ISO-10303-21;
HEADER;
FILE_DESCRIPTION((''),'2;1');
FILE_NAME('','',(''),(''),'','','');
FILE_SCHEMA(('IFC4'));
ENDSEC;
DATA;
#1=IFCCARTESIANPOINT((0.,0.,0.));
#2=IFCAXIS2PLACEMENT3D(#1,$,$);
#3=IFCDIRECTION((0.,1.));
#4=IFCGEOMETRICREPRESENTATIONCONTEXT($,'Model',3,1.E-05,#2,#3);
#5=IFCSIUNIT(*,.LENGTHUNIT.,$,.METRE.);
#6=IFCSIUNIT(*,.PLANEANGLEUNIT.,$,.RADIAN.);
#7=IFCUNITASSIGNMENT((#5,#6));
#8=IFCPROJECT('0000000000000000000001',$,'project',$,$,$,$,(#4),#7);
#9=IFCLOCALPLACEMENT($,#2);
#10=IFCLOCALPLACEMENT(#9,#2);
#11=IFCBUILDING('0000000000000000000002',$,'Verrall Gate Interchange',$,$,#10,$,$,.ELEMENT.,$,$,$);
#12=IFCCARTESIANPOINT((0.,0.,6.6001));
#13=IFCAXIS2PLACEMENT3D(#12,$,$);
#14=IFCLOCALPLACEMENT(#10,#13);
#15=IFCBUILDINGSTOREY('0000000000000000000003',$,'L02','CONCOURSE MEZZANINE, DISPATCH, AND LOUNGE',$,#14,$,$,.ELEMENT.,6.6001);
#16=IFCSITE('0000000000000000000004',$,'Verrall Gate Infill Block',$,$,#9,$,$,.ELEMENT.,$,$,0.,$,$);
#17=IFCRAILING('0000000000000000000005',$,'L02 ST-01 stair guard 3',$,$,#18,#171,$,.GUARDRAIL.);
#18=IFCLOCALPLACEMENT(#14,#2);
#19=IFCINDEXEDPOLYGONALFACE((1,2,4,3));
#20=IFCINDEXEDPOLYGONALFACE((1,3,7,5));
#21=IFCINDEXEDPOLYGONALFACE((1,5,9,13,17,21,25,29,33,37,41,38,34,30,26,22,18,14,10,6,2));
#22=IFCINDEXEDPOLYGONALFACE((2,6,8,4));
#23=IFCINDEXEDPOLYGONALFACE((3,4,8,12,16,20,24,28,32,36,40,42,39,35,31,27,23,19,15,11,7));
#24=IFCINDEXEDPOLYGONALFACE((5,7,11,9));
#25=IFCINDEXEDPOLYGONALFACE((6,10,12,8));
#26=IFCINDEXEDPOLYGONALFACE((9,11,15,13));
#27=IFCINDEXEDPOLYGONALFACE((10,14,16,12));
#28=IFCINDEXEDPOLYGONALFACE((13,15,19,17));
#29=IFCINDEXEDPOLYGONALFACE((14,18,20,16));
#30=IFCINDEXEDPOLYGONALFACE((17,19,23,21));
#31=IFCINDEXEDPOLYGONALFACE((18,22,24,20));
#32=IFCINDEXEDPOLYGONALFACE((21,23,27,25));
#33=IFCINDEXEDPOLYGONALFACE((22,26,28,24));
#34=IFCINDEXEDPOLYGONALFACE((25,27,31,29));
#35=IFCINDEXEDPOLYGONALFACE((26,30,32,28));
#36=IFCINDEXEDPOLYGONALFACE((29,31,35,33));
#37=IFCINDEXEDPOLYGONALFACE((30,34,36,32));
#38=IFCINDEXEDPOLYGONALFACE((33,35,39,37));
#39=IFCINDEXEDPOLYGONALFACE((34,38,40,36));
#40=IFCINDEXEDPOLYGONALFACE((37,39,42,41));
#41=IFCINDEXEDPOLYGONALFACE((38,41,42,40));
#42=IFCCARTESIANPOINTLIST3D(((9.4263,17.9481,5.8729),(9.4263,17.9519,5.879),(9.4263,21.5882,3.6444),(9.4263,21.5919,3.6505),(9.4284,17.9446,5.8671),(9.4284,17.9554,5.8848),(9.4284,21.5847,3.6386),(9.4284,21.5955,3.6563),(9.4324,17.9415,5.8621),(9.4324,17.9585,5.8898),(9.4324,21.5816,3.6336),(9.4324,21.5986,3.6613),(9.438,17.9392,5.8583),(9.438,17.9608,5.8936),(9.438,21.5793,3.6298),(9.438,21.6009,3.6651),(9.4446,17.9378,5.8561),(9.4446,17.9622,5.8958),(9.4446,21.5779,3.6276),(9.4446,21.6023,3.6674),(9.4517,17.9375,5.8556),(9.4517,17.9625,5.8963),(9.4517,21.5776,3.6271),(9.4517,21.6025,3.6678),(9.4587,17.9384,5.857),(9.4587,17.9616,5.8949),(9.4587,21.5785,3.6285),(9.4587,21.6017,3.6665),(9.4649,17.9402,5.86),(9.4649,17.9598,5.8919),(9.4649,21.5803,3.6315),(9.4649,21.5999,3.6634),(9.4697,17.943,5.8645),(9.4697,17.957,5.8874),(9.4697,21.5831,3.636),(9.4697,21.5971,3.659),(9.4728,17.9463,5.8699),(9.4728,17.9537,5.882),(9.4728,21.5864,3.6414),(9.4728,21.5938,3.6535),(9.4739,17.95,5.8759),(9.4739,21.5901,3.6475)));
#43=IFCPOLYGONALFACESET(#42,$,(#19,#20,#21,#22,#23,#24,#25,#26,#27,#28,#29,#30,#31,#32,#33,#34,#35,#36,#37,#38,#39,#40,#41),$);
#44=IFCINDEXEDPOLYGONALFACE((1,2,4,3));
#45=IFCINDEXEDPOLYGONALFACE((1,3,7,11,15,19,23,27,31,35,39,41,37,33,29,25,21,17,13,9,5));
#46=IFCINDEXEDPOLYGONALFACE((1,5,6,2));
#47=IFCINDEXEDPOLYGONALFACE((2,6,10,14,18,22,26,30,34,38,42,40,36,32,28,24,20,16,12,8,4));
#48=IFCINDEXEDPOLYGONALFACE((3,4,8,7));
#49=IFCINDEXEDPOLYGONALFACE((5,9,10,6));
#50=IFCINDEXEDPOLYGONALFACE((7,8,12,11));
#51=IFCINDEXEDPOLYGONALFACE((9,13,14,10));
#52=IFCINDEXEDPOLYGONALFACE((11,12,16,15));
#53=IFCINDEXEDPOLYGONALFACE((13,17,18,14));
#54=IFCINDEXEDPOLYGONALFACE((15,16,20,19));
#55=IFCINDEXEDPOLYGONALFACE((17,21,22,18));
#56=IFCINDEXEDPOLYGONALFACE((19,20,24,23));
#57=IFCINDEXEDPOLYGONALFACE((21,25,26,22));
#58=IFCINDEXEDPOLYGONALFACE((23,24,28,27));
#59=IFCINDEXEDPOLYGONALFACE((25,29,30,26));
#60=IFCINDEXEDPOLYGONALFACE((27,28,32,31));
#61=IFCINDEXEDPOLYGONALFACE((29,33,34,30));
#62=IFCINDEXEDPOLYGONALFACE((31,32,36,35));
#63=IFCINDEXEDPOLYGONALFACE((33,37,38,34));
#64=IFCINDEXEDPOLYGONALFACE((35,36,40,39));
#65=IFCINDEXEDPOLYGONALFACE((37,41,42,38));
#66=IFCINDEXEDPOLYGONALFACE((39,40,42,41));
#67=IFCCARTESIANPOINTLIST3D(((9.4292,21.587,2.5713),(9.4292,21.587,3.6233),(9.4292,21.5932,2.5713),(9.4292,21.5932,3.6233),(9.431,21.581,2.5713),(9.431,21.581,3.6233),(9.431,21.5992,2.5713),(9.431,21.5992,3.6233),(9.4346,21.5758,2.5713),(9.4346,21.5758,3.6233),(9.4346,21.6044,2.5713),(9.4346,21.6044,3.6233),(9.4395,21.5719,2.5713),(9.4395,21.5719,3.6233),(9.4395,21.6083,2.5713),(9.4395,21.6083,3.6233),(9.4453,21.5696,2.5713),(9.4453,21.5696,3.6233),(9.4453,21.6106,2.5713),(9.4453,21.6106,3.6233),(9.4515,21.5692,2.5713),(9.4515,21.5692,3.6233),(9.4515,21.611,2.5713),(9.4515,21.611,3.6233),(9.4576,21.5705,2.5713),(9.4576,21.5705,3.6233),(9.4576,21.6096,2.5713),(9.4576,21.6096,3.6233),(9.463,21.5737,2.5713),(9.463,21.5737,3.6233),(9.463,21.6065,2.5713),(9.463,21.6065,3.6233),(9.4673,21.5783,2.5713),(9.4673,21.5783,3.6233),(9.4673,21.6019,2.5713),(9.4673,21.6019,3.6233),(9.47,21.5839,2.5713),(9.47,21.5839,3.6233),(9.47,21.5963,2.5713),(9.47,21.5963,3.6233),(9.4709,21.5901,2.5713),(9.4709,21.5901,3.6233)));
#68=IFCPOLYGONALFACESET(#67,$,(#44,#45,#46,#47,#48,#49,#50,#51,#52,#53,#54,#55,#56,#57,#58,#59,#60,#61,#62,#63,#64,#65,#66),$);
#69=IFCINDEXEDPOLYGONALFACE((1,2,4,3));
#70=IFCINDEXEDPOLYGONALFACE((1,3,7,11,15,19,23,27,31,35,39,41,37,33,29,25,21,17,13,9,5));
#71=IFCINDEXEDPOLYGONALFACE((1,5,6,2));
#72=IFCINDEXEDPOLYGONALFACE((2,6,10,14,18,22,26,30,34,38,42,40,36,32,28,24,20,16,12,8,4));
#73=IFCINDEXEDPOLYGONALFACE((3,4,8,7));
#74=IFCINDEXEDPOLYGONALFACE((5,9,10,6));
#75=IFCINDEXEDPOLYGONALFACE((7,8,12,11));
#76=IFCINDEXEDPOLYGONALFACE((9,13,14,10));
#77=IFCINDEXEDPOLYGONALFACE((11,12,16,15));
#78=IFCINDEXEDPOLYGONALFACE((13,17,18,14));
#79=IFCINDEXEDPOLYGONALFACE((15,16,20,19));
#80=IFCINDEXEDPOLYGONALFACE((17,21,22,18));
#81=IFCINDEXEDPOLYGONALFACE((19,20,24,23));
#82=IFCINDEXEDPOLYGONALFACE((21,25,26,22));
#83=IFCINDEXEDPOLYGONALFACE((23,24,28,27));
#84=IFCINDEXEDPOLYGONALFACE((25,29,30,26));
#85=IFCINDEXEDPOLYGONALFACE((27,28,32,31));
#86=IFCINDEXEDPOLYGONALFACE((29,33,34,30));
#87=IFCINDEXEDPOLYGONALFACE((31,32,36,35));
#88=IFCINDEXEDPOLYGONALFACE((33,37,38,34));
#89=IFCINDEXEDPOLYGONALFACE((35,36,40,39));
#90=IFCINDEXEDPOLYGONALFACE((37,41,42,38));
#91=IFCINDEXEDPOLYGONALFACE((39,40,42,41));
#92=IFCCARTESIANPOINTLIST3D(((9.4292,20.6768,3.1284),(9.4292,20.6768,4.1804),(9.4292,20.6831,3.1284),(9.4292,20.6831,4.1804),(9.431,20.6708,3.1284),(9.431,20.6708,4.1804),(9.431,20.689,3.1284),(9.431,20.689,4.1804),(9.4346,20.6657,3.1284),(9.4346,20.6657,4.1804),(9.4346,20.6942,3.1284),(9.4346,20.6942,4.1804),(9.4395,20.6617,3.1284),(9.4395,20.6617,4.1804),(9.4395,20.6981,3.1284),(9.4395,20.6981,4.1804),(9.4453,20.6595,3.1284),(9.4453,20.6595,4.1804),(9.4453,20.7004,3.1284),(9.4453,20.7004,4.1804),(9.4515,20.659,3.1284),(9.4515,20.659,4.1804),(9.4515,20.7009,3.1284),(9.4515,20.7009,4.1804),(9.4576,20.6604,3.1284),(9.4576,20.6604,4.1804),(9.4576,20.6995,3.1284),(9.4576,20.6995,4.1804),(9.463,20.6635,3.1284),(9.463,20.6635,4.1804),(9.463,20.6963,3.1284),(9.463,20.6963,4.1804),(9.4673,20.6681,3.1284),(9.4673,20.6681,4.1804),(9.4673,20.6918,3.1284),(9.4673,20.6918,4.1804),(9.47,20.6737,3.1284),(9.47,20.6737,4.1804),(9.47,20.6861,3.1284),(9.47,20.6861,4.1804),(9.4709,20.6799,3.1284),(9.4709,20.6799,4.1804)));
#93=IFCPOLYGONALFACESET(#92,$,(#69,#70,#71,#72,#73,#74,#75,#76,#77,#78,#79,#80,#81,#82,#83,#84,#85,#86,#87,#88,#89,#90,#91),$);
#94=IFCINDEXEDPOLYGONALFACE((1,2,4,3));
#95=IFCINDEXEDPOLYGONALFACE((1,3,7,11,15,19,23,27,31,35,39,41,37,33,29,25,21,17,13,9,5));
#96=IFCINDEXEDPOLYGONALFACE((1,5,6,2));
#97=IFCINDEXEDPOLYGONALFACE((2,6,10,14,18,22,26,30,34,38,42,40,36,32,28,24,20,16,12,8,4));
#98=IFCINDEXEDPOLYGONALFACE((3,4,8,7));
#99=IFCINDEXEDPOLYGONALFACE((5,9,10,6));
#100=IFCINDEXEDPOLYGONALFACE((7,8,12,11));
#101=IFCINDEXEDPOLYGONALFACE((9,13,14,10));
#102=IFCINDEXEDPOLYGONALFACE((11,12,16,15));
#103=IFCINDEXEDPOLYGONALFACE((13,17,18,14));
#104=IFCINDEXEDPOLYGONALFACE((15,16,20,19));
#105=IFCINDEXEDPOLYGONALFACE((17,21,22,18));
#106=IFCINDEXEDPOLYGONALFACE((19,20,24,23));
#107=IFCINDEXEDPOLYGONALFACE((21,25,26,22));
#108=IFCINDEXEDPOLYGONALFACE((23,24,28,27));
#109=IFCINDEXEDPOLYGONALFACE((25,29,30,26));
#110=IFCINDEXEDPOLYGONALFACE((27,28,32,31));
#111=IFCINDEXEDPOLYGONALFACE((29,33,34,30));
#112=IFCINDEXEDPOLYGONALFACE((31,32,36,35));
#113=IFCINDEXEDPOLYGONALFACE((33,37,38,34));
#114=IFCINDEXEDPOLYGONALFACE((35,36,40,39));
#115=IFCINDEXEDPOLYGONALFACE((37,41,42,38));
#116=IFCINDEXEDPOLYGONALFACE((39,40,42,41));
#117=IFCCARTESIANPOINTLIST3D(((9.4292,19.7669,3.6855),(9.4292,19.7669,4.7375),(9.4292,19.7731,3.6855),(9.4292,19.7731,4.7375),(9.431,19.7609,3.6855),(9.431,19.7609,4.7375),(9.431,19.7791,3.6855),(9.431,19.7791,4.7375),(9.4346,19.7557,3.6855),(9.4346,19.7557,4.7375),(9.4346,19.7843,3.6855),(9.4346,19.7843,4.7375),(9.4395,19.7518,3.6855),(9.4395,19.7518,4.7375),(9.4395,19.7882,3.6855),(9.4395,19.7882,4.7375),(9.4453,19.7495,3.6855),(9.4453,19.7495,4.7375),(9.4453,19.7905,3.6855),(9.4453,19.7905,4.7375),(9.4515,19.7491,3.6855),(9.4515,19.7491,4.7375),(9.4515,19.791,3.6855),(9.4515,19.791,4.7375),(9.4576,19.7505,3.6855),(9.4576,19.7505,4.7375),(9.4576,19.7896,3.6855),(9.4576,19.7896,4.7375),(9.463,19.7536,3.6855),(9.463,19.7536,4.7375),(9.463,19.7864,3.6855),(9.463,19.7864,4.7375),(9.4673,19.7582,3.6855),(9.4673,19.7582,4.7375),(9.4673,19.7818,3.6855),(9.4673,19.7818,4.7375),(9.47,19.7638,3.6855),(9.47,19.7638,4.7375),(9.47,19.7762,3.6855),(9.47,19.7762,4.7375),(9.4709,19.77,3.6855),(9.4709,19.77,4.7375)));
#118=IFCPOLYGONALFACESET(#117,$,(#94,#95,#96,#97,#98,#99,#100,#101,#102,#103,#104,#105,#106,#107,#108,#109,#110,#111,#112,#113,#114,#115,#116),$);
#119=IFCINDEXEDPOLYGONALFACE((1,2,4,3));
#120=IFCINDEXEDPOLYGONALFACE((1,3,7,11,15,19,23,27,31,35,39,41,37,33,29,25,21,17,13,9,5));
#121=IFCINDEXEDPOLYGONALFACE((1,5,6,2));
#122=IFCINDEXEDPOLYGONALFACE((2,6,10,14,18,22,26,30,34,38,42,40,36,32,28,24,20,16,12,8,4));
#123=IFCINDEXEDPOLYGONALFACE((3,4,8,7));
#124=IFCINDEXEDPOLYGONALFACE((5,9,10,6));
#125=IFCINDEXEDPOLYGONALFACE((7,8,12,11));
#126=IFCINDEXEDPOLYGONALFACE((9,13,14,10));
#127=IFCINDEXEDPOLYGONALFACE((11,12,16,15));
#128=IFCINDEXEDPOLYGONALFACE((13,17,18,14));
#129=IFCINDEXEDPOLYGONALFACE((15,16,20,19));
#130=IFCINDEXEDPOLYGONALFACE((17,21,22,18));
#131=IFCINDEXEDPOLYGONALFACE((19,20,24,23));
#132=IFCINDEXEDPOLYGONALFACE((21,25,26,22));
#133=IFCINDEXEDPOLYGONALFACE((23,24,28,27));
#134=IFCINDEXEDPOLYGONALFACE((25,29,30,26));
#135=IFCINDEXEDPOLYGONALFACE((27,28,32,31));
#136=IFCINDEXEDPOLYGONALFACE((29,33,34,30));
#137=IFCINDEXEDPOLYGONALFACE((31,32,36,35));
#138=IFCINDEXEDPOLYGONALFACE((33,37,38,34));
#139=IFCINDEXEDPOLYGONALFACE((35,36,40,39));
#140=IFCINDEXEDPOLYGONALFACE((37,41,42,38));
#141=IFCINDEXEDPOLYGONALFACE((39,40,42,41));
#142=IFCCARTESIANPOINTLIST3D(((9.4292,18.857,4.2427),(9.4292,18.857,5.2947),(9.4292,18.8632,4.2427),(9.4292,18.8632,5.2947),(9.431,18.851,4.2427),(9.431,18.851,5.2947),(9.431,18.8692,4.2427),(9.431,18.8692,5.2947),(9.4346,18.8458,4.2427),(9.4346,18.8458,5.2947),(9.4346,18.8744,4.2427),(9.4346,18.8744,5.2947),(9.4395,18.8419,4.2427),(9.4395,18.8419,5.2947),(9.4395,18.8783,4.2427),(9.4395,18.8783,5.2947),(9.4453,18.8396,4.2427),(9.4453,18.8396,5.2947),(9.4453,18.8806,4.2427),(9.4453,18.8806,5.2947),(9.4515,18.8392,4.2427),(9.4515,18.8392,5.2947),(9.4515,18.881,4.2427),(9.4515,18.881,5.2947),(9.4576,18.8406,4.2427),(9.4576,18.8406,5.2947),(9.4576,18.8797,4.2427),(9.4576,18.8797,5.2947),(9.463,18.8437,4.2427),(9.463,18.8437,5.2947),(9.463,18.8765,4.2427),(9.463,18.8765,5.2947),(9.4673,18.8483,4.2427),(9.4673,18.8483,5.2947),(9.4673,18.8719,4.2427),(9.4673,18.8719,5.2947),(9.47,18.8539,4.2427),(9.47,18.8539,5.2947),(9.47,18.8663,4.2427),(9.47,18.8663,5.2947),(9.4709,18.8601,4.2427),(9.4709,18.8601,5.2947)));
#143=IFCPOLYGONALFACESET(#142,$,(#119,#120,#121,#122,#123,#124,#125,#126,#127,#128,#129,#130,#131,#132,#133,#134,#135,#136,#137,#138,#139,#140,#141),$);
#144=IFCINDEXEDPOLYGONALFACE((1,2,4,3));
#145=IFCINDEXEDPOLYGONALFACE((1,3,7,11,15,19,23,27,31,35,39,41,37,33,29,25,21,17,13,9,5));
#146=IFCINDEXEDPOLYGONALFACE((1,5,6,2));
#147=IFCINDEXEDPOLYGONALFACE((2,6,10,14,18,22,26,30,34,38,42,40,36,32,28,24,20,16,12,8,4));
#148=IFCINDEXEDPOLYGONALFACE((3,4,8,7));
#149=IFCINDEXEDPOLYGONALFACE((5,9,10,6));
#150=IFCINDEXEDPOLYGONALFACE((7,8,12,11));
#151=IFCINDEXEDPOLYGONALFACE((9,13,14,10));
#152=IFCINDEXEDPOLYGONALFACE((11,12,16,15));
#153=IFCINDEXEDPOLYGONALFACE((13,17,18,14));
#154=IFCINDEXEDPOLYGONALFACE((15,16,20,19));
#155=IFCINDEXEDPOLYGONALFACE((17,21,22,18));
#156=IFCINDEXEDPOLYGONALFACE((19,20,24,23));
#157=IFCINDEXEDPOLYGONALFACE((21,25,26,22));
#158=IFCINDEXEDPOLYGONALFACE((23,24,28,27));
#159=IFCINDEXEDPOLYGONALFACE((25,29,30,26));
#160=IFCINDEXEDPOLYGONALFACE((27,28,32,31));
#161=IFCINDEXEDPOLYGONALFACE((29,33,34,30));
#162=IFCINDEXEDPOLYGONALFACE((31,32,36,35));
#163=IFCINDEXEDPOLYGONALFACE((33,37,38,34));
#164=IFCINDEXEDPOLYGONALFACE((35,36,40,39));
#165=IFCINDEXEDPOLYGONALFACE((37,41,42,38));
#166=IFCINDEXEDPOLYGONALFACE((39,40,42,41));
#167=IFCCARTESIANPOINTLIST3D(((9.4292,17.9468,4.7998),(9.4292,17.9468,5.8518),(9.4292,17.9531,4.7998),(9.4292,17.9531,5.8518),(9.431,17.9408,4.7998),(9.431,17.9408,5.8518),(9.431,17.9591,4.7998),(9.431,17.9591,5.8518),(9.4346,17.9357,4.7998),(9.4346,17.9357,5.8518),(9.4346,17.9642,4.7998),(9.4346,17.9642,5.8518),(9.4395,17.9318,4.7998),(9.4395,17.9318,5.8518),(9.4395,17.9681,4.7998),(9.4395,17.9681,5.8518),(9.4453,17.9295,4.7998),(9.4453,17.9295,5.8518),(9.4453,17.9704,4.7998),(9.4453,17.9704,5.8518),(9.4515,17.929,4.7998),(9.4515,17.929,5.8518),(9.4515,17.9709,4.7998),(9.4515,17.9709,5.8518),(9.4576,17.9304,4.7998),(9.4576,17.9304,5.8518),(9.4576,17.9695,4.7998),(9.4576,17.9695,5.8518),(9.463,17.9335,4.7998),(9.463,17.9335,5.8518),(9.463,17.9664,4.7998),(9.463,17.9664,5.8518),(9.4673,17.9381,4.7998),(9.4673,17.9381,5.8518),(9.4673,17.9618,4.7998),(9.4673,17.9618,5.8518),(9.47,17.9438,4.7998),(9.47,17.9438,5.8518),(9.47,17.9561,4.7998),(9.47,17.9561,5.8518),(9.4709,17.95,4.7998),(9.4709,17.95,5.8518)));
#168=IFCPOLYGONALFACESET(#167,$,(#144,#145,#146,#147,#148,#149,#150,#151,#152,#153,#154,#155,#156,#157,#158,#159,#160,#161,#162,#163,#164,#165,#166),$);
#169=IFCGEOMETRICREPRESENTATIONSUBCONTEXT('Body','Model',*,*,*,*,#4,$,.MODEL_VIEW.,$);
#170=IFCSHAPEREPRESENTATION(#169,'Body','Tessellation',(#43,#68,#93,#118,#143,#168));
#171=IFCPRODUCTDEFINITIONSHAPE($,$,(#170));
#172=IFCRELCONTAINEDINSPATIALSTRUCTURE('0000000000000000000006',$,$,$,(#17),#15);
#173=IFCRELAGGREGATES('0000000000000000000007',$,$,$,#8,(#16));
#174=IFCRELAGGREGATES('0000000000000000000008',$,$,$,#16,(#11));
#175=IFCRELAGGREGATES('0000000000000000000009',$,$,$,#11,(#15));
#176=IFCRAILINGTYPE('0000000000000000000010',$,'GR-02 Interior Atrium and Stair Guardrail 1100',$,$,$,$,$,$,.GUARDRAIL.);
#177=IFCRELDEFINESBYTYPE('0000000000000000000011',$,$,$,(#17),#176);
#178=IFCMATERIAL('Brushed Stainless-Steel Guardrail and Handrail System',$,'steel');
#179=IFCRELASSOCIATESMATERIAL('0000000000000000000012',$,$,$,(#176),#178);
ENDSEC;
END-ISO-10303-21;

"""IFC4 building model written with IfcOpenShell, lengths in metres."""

from ifc_helpers import new_model, si_unit, direction, frame, origin, origin_2d, place, context, subcontext, project, spatial, circle, extrude, material, type_object, element, save


model = new_model("IFC4")

# Units and contexts
model_context = context("Model", 3, precision=1e-05, world=origin(), true_north=direction((0.0, 1.0)))
body_context = subcontext(model_context, "Body", "Model", "MODEL_VIEW")
ifc_project = project(units=[si_unit("LENGTHUNIT", "METRE"), si_unit("PLANEANGLEUNIT", "RADIAN")], contexts=[model_context])

# Site, building, storey
site_placement = place(None, origin())
site = spatial("IfcSite", under=ifc_project, at=site_placement, Name="Verrall Gate Infill Block", CompositionType="ELEMENT", RefElevation=0.0)
building_placement = place(site_placement, origin())
building = spatial("IfcBuilding", under=site, at=building_placement, Name="Verrall Gate Interchange", CompositionType="ELEMENT")
storey_placement = place(building_placement, frame((0.0, 0.0, 6.6001)))
storey = spatial("IfcBuildingStorey", under=building, at=storey_placement, Name="L02", Description="CONCOURSE MEZZANINE, DISPATCH, AND LOUNGE", CompositionType="ELEMENT", Elevation=6.6001)

# Railing
ifc_material_1 = material(Name="Brushed Stainless-Steel Guardrail and Handrail System", Category="steel")
railing_type_1 = type_object("IfcRailingType", Name="GR-02 Interior Atrium and Stair Guardrail 1100", PredefinedType="GUARDRAIL", material=ifc_material_1)
railing_1_placement = place(storey_placement, frame((9.45, 21.5901, 2.5713)))
element("IfcRailing", 1, at=railing_1_placement, inside=storey, type_object=railing_type_1, Name="L02 ST-01 stair guard 3", PredefinedType="GUARDRAIL", context=body_context, shape_type="SweptSolid", body=[
    extrude(circle(Radius=0.0239, at=origin_2d()), frame((0.0, 0.0, 1.0762), z_axis=(0.0, -0.852866, 0.52213), x_axis=(1.0, 0.0, 0.0)), (0.0, 0.0, 1.0), 4.2681),
    extrude(circle(Radius=0.021, at=origin_2d()), origin(), (0.0, 0.0, 1.0), 1.052),
    extrude(circle(Radius=0.021, at=origin_2d()), frame((0.0, -0.9102, 0.5571)), (0.0, 0.0, 1.0), 1.052),
    extrude(circle(Radius=0.021, at=origin_2d()), frame((0.0, -1.8201, 1.1143)), (0.0, 0.0, 1.0), 1.052),
    extrude(circle(Radius=0.021, at=origin_2d()), frame((0.0, -2.73, 1.6714)), (0.0, 0.0, 1.0), 1.052),
    extrude(circle(Radius=0.021, at=origin_2d()), frame((0.0, -3.6401, 2.2285)), (0.0, 0.0, 1.0), 1.052),
])

save(model, "model.ifc")
